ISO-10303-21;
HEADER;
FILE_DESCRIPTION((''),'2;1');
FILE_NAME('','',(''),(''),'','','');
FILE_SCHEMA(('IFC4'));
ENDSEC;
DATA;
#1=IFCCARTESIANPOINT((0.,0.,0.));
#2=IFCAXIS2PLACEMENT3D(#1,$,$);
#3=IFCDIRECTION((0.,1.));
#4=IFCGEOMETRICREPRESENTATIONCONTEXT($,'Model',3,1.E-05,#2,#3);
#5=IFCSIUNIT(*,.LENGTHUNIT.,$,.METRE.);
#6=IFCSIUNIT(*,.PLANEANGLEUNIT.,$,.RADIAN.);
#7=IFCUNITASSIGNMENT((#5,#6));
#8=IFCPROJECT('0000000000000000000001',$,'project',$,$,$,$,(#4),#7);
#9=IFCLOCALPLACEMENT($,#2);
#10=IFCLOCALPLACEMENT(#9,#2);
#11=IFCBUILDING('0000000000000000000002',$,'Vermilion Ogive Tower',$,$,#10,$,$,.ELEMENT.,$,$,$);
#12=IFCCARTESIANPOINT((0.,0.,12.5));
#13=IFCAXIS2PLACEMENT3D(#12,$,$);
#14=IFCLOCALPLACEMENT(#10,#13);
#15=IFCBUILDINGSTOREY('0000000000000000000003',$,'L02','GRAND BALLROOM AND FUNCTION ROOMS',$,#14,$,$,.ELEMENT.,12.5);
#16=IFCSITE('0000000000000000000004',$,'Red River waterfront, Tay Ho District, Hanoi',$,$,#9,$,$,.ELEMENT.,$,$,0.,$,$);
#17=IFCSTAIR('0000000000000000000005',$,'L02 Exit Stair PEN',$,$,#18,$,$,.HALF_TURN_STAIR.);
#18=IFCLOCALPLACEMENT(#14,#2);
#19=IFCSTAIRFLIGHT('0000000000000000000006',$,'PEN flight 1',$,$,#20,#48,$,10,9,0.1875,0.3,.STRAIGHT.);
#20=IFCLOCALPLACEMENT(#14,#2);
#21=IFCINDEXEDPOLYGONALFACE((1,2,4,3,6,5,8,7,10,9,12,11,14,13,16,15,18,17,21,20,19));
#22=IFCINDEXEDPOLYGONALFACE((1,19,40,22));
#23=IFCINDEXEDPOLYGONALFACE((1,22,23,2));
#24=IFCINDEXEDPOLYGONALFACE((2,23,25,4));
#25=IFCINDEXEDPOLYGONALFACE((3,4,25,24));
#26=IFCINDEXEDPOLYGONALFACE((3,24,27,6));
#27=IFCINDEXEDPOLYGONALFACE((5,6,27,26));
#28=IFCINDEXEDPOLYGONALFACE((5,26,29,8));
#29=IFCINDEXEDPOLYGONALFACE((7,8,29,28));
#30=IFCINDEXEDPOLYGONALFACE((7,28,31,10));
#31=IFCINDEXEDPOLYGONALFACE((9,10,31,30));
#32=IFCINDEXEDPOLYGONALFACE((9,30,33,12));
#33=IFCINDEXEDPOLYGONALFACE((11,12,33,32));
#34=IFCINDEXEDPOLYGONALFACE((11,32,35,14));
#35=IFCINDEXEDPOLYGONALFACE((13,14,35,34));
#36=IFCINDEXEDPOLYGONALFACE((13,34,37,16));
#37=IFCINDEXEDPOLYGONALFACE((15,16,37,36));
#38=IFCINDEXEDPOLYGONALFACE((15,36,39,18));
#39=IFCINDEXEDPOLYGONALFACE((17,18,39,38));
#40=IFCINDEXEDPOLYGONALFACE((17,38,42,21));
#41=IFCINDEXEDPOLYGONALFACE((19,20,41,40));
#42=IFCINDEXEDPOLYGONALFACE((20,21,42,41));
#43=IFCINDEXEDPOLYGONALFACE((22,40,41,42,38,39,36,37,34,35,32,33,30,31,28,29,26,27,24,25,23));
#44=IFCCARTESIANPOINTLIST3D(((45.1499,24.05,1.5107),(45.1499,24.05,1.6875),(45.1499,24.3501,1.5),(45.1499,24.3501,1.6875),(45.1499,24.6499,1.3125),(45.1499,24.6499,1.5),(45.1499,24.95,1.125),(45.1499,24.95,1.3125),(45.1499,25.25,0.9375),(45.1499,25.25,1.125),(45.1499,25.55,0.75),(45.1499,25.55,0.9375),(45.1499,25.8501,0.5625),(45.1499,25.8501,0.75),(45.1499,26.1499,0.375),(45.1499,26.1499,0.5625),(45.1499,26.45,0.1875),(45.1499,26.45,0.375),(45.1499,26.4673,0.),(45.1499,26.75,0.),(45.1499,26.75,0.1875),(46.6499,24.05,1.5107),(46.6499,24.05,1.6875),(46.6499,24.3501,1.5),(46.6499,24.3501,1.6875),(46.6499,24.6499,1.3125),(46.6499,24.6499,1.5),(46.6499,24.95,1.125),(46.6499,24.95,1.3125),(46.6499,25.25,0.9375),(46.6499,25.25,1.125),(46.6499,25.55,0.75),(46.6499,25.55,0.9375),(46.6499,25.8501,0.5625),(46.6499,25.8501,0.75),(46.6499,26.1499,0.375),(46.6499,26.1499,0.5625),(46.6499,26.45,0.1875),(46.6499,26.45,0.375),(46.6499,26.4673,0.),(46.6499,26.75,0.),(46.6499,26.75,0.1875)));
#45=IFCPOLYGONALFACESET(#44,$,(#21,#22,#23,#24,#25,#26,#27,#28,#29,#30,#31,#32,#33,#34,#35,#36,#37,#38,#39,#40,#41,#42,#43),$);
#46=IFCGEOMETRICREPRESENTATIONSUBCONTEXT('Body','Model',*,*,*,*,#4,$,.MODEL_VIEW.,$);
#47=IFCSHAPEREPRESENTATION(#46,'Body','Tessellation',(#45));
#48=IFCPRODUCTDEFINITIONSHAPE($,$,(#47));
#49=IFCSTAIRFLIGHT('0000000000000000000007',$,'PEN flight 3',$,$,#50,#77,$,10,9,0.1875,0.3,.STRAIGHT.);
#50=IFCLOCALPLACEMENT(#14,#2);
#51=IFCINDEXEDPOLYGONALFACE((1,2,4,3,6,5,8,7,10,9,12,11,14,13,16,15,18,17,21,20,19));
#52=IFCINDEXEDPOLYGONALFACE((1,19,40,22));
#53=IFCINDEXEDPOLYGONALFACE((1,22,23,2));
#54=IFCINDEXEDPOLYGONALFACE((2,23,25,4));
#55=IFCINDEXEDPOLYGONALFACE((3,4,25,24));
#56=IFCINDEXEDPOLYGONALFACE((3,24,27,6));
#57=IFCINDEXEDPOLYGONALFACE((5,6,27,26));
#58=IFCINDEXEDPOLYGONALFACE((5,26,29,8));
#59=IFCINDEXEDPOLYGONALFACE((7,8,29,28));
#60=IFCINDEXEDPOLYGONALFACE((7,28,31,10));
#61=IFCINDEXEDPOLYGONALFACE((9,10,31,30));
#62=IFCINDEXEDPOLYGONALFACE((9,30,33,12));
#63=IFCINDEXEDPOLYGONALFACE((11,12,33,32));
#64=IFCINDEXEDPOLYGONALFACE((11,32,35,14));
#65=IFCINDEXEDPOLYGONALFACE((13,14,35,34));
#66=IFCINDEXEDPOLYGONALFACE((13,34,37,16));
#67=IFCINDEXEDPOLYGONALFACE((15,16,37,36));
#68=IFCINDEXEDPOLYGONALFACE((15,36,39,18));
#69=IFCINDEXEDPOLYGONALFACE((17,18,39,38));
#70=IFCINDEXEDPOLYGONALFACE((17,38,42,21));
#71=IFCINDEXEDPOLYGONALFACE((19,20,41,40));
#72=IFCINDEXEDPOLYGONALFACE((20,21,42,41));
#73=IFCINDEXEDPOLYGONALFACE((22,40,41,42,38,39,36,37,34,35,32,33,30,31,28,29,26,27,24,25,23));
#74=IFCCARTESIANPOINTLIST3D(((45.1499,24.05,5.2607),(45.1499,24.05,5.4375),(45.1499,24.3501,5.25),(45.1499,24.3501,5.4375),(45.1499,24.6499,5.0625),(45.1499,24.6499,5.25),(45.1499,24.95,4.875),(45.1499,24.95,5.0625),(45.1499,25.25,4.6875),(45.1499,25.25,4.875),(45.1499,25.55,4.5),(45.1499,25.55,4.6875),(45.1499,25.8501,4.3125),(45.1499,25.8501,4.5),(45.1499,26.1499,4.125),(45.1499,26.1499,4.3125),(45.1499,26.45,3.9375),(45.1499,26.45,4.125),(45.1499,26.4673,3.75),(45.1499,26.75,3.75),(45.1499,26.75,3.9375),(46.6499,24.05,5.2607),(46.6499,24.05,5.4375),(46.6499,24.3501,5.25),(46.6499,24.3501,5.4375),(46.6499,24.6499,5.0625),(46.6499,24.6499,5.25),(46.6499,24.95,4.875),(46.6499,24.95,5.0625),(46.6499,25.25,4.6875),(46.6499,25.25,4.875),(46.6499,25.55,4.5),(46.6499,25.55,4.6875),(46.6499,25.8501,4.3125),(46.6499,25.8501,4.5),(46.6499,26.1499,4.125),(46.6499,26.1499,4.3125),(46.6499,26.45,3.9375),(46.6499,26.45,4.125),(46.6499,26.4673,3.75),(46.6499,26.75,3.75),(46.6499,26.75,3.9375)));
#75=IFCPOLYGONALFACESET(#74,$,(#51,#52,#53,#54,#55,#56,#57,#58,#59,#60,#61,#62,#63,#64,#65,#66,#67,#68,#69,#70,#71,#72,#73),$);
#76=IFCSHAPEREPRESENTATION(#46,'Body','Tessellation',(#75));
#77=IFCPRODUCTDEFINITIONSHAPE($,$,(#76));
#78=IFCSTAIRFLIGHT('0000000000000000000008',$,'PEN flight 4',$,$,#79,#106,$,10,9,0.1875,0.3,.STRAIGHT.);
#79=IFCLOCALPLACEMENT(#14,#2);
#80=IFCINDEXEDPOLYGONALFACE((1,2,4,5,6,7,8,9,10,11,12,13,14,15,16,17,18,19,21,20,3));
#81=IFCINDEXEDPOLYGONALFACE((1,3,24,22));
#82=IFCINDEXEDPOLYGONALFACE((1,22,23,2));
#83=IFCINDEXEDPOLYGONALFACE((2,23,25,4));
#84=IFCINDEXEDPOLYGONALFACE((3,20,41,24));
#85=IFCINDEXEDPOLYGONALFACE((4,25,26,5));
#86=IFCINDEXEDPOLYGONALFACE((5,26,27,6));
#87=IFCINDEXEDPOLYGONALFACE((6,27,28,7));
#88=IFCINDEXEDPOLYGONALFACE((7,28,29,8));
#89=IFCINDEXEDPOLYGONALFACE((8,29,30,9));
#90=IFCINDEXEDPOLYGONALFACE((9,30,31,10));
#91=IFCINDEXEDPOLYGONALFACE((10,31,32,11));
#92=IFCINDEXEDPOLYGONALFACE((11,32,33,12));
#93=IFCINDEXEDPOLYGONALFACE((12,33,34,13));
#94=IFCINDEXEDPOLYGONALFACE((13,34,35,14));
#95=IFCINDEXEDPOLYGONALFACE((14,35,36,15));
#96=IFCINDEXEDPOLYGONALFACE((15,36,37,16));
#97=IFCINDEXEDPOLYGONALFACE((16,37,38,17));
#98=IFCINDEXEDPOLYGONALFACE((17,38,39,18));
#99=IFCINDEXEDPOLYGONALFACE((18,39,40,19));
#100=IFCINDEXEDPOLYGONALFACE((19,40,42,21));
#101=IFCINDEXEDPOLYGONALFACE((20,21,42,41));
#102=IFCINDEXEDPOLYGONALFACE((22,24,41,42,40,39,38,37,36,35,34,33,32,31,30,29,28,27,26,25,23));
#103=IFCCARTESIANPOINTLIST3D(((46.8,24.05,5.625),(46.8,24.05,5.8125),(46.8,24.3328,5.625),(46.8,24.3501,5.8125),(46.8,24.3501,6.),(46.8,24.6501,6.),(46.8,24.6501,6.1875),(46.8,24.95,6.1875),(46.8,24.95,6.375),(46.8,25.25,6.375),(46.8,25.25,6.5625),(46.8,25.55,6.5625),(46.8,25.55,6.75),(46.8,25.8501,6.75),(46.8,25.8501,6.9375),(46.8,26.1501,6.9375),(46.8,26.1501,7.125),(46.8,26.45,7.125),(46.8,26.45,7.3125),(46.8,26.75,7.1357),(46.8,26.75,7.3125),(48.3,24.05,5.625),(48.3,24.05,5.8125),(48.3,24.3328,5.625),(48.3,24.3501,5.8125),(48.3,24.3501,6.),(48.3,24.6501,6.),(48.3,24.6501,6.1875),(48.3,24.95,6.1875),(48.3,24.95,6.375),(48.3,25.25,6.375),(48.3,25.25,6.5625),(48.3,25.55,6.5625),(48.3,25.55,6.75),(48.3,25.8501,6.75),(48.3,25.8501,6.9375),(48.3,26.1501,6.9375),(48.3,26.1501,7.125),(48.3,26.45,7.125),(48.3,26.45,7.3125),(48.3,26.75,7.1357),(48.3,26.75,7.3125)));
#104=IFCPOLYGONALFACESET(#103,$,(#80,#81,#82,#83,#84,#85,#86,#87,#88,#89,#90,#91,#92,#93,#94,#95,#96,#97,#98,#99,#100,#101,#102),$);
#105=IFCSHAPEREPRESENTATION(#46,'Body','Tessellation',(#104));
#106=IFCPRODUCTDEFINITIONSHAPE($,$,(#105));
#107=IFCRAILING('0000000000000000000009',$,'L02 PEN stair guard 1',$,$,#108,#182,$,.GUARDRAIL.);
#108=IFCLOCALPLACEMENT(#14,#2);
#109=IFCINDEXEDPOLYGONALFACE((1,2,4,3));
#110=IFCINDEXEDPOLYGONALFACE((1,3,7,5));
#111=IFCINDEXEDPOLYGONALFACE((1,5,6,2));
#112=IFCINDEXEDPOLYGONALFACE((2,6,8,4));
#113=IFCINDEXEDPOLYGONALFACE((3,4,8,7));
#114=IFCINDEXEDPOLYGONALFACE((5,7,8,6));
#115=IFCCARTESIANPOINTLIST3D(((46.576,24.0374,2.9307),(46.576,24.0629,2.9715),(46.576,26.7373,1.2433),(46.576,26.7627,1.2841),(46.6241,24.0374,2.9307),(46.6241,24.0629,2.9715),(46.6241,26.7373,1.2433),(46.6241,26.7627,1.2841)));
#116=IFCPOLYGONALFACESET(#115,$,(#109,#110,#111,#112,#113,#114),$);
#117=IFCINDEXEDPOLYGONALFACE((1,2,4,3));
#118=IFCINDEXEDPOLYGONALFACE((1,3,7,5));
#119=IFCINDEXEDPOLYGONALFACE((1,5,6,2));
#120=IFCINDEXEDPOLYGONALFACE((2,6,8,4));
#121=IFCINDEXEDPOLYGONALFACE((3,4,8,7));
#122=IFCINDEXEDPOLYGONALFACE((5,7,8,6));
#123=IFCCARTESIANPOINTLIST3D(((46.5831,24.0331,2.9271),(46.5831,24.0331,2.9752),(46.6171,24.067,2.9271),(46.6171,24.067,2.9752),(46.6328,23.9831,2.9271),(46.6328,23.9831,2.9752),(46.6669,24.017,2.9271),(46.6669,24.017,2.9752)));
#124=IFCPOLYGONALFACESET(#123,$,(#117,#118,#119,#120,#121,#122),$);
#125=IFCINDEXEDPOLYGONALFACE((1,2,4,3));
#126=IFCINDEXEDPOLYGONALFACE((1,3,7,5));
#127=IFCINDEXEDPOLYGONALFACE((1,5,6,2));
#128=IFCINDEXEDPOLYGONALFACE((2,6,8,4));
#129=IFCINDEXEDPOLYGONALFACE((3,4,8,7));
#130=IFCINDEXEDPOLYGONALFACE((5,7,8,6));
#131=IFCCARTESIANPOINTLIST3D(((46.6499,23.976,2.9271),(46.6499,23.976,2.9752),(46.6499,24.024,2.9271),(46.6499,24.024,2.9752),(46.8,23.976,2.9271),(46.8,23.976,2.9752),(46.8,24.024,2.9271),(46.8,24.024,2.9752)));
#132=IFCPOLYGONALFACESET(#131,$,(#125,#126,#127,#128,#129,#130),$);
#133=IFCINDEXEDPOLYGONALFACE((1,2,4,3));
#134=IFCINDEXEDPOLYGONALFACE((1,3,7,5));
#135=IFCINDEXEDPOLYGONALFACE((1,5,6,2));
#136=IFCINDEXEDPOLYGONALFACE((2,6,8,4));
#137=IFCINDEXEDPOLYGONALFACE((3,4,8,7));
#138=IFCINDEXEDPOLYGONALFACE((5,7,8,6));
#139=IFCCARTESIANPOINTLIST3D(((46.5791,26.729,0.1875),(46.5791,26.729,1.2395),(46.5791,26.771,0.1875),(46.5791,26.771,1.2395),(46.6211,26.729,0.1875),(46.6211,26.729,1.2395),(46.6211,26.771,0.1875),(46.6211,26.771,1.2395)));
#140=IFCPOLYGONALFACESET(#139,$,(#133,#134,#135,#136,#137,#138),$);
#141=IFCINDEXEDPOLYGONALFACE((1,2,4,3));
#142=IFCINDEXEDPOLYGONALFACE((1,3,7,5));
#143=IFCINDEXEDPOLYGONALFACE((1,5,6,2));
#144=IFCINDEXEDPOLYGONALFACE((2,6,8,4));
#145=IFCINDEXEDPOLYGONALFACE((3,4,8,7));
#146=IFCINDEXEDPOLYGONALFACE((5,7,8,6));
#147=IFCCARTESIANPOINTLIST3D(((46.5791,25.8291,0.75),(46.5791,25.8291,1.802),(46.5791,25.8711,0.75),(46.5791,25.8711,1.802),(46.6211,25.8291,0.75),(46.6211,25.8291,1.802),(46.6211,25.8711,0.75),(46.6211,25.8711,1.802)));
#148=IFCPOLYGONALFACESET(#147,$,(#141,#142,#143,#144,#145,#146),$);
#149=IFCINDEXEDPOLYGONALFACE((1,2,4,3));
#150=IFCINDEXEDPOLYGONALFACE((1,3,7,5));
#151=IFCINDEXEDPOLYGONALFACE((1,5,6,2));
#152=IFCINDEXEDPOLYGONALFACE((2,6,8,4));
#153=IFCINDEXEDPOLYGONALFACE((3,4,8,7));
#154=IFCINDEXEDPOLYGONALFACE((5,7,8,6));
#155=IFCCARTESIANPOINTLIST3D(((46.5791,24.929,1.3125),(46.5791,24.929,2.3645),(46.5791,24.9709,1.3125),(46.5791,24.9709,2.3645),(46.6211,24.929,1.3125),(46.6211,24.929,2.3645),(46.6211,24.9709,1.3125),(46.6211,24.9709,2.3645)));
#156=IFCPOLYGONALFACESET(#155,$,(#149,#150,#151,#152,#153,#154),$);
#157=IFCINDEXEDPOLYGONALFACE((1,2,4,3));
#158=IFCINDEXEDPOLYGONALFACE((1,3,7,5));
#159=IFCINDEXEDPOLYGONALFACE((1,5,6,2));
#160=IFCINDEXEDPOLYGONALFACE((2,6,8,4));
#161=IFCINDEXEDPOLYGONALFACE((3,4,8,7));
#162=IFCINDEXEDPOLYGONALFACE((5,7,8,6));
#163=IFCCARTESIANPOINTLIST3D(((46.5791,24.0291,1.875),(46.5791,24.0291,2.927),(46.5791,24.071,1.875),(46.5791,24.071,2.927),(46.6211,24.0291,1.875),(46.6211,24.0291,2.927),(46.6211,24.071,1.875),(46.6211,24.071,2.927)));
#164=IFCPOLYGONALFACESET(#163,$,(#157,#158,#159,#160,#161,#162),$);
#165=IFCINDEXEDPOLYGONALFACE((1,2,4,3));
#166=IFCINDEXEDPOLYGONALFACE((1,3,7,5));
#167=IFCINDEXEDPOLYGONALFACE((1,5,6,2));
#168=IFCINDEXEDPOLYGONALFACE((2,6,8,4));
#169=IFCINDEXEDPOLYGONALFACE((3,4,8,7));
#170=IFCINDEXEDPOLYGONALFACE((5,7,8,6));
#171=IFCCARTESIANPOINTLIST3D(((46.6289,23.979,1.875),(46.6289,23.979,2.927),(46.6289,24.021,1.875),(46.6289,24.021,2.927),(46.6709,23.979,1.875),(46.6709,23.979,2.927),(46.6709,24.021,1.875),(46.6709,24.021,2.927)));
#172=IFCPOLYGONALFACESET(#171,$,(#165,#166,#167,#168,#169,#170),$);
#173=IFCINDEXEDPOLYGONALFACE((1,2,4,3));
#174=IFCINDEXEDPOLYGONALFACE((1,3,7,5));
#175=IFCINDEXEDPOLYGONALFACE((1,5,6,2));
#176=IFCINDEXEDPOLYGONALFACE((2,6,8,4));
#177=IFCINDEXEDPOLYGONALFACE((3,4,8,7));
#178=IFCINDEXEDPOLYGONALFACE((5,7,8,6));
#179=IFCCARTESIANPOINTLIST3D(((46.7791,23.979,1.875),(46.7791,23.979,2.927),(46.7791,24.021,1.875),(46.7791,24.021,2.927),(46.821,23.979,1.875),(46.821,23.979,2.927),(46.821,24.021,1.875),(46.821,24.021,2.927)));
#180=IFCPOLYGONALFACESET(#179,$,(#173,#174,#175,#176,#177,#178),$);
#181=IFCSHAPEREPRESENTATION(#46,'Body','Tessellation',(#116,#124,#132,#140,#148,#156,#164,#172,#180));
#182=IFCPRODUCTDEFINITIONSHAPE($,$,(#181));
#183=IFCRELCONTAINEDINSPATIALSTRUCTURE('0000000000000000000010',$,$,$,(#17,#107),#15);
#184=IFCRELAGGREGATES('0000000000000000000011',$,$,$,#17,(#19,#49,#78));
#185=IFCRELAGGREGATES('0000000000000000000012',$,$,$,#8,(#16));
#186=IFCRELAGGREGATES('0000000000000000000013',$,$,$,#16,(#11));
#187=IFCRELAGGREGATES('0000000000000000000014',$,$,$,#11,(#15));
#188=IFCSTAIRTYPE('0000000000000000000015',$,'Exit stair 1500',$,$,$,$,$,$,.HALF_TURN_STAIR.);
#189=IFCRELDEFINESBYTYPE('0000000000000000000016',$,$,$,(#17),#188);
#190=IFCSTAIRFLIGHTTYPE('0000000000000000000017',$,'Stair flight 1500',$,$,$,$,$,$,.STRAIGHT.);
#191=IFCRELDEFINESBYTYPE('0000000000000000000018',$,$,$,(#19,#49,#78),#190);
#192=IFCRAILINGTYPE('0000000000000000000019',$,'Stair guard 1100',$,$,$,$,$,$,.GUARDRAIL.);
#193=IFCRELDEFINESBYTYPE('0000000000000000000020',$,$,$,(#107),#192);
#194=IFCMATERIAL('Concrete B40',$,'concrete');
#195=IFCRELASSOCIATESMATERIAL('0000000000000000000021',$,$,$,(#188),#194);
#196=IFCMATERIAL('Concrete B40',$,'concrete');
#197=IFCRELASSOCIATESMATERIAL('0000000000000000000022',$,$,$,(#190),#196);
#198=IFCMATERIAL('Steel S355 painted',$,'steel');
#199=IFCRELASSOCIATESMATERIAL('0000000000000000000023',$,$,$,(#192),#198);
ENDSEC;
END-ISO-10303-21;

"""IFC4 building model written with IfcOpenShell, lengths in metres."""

from ifc_helpers import new_model, si_unit, direction, frame, origin, origin_2d, place, context, subcontext, project, spatial, polyline, rectangle, outline, extrude, material, type_object, element, aggregate, save


model = new_model("IFC4")

# Units and contexts
model_context = context("Model", 3, precision=1e-05, world=origin(), true_north=direction((0.0, 1.0)))
body_context = subcontext(model_context, "Body", "Model", "MODEL_VIEW")
ifc_project = project(units=[si_unit("LENGTHUNIT", "METRE"), si_unit("PLANEANGLEUNIT", "RADIAN")], contexts=[model_context])

# Site, building, storey
site_placement = place(None, origin())
site = spatial("IfcSite", under=ifc_project, at=site_placement, Name="Red River waterfront, Tay Ho District, Hanoi", CompositionType="ELEMENT", RefElevation=0.0)
building_placement = place(site_placement, origin())
building = spatial("IfcBuilding", under=site, at=building_placement, Name="Vermilion Ogive Tower", CompositionType="ELEMENT")
storey_placement = place(building_placement, frame((0.0, 0.0, 12.5)))
storey = spatial("IfcBuildingStorey", under=building, at=storey_placement, Name="L02", Description="GRAND BALLROOM AND FUNCTION ROOMS", CompositionType="ELEMENT", Elevation=12.5)

# Stair, stair flights
ifc_material_1 = material(Name="Concrete B40", Category="concrete")
stair_type = type_object("IfcStairType", Name="Exit stair 1500", PredefinedType="HALF_TURN_STAIR", material=ifc_material_1)
stair_placement = place(storey_placement, origin())
stair = element("IfcStair", 1, at=stair_placement, inside=storey, type_object=stair_type, Name="L02 Exit Stair PEN", PredefinedType="HALF_TURN_STAIR")
ifc_material_2 = material(Name="Concrete B40", Category="concrete")
stair_flight_type = type_object("IfcStairFlightType", Name="Stair flight 1500", PredefinedType="STRAIGHT", material=ifc_material_2)
stair_flight_1_placement = place(storey_placement, frame((45.8999, 26.75, 0.0), z_axis=(0.0, 0.0, 1.0), x_axis=(0.0, -1.0, 0.0)))
stair_flight_1 = element("IfcStairFlight", 2, at=stair_flight_1_placement, type_object=stair_flight_type, Name="PEN flight 1", NumberOfRisers=10, NumberOfTreads=9, PredefinedType="STRAIGHT", RiserHeight=0.1875, TreadLength=0.3, context=body_context, shape_type="SweptSolid", body=[
    extrude(outline(polyline([(0.0, 0.0), (0.0, 0.1875), (0.3, 0.1875), (0.3, 0.375), (0.6001, 0.375), (0.6001, 0.5625), (0.8999, 0.5625), (0.8999, 0.75), (1.2, 0.75), (1.2, 0.9375), (1.5, 0.9375), (1.5, 1.125), (1.8, 1.125), (1.8, 1.3125), (2.1001, 1.3125), (2.1001, 1.5), (2.3999, 1.5), (2.3999, 1.6875), (2.7, 1.6875), (2.7, 1.875), (2.7, 1.5107), (0.2827, 0.0), (0.0, 0.0)])), frame((0.0, 0.75, 0.0), z_axis=(0.0, -1.0, 0.0), x_axis=(1.0, 0.0, 0.0)), (0.0, 0.0, 1.0), 1.5),
])
stair_flight_2_placement = place(storey_placement, frame((45.8999, 26.75, 3.75), z_axis=(0.0, 0.0, 1.0), x_axis=(0.0, -1.0, 0.0)))
stair_flight_2 = element("IfcStairFlight", 3, at=stair_flight_2_placement, type_object=stair_flight_type, Name="PEN flight 3", NumberOfRisers=10, NumberOfTreads=9, PredefinedType="STRAIGHT", RiserHeight=0.1875, TreadLength=0.3, context=body_context, shape_type="SweptSolid", body=[
    extrude(outline(polyline([(0.0, 0.0), (0.0, 0.1875), (0.3, 0.1875), (0.3, 0.375), (0.6001, 0.375), (0.6001, 0.5625), (0.8999, 0.5625), (0.8999, 0.75), (1.2, 0.75), (1.2, 0.9375), (1.5, 0.9375), (1.5, 1.125), (1.8, 1.125), (1.8, 1.3125), (2.1001, 1.3125), (2.1001, 1.5), (2.3999, 1.5), (2.3999, 1.6875), (2.7, 1.6875), (2.7, 1.875), (2.7, 1.5107), (0.2827, 0.0), (0.0, 0.0)])), frame((0.0, 0.75, 0.0), z_axis=(0.0, -1.0, 0.0), x_axis=(1.0, 0.0, 0.0)), (0.0, 0.0, 1.0), 1.5),
])
stair_flight_3_placement = place(storey_placement, frame((47.55, 24.05, 5.625), z_axis=(0.0, 0.0, 1.0), x_axis=(0.0, 1.0, 0.0)))
stair_flight_3 = element("IfcStairFlight", 4, at=stair_flight_3_placement, type_object=stair_flight_type, Name="PEN flight 4", NumberOfRisers=10, NumberOfTreads=9, PredefinedType="STRAIGHT", RiserHeight=0.1875, TreadLength=0.3, context=body_context, shape_type="SweptSolid", body=[
    extrude(outline(polyline([(0.0, 0.0), (0.0, 0.1875), (0.3, 0.1875), (0.3, 0.375), (0.6001, 0.375), (0.6001, 0.5625), (0.8999, 0.5625), (0.8999, 0.75), (1.2, 0.75), (1.2, 0.9375), (1.5, 0.9375), (1.5, 1.125), (1.8, 1.125), (1.8, 1.3125), (2.1001, 1.3125), (2.1001, 1.5), (2.3999, 1.5), (2.3999, 1.6875), (2.7, 1.6875), (2.7, 1.875), (2.7, 1.5107), (0.2827, 0.0), (0.0, 0.0)])), frame((0.0, 0.75, 0.0), z_axis=(0.0, -1.0, 0.0), x_axis=(1.0, 0.0, 0.0)), (0.0, 0.0, 1.0), 1.5),
])
aggregate(stair, [stair_flight_1, stair_flight_2, stair_flight_3])

# Railing
ifc_material_3 = material(Name="Steel S355 painted", Category="steel")
railing_type_1 = type_object("IfcRailingType", Name="Stair guard 1100", PredefinedType="GUARDRAIL", material=ifc_material_3)
for number, where, name in (
    (5, (46.6001, 26.75, 0.1875), "L02 PEN stair guard 1"),
):
    element("IfcRailing", number, at=place(storey_placement, frame(where)), inside=storey, type_object=railing_type_1, Name=name, PredefinedType="GUARDRAIL", context=body_context, shape_type="SweptSolid", body=[
        extrude(rectangle(XDim=0.0481, YDim=0.0481, at=origin_2d()), frame((0.0, 0.0, 1.0762), z_axis=(0.0, -0.847994, 0.530006), x_axis=(1.0, 0.0, 0.0)), (0.0, 0.0, 1.0), 3.1838),
        extrude(rectangle(XDim=0.0481, YDim=0.0481, at=origin_2d()), frame((0.0, -2.7, 2.7637), z_axis=(0.705376, -0.708834, 0.0), x_axis=(0.708834, 0.705376, 0.0)), (0.0, 0.0, 1.0), 0.0706),
        extrude(rectangle(XDim=0.0481, YDim=0.0481, at=origin_2d()), frame((0.0498, -2.75, 2.7637), z_axis=(1.0, 0.0, 0.0), x_axis=(0.0, 1.0, 0.0)), (0.0, 0.0, 1.0), 0.1501),
        extrude(rectangle(XDim=0.042, YDim=0.042, at=origin_2d()), origin(), (0.0, 0.0, 1.0), 1.052),
        extrude(rectangle(XDim=0.042, YDim=0.042, at=origin_2d()), frame((0.0, -0.8999, 0.5625)), (0.0, 0.0, 1.0), 1.052),
        extrude(rectangle(XDim=0.042, YDim=0.042, at=origin_2d()), frame((0.0, -1.8, 1.125)), (0.0, 0.0, 1.0), 1.052),
        extrude(rectangle(XDim=0.042, YDim=0.042, at=origin_2d()), frame((0.0, -2.7, 1.6875)), (0.0, 0.0, 1.0), 1.052),
        extrude(rectangle(XDim=0.042, YDim=0.042, at=origin_2d()), frame((0.0498, -2.75, 1.6875)), (0.0, 0.0, 1.0), 1.052),
        extrude(rectangle(XDim=0.042, YDim=0.042, at=origin_2d()), frame((0.2, -2.75, 1.6875)), (0.0, 0.0, 1.0), 1.052),
    ])

save(model, "model.ifc")
